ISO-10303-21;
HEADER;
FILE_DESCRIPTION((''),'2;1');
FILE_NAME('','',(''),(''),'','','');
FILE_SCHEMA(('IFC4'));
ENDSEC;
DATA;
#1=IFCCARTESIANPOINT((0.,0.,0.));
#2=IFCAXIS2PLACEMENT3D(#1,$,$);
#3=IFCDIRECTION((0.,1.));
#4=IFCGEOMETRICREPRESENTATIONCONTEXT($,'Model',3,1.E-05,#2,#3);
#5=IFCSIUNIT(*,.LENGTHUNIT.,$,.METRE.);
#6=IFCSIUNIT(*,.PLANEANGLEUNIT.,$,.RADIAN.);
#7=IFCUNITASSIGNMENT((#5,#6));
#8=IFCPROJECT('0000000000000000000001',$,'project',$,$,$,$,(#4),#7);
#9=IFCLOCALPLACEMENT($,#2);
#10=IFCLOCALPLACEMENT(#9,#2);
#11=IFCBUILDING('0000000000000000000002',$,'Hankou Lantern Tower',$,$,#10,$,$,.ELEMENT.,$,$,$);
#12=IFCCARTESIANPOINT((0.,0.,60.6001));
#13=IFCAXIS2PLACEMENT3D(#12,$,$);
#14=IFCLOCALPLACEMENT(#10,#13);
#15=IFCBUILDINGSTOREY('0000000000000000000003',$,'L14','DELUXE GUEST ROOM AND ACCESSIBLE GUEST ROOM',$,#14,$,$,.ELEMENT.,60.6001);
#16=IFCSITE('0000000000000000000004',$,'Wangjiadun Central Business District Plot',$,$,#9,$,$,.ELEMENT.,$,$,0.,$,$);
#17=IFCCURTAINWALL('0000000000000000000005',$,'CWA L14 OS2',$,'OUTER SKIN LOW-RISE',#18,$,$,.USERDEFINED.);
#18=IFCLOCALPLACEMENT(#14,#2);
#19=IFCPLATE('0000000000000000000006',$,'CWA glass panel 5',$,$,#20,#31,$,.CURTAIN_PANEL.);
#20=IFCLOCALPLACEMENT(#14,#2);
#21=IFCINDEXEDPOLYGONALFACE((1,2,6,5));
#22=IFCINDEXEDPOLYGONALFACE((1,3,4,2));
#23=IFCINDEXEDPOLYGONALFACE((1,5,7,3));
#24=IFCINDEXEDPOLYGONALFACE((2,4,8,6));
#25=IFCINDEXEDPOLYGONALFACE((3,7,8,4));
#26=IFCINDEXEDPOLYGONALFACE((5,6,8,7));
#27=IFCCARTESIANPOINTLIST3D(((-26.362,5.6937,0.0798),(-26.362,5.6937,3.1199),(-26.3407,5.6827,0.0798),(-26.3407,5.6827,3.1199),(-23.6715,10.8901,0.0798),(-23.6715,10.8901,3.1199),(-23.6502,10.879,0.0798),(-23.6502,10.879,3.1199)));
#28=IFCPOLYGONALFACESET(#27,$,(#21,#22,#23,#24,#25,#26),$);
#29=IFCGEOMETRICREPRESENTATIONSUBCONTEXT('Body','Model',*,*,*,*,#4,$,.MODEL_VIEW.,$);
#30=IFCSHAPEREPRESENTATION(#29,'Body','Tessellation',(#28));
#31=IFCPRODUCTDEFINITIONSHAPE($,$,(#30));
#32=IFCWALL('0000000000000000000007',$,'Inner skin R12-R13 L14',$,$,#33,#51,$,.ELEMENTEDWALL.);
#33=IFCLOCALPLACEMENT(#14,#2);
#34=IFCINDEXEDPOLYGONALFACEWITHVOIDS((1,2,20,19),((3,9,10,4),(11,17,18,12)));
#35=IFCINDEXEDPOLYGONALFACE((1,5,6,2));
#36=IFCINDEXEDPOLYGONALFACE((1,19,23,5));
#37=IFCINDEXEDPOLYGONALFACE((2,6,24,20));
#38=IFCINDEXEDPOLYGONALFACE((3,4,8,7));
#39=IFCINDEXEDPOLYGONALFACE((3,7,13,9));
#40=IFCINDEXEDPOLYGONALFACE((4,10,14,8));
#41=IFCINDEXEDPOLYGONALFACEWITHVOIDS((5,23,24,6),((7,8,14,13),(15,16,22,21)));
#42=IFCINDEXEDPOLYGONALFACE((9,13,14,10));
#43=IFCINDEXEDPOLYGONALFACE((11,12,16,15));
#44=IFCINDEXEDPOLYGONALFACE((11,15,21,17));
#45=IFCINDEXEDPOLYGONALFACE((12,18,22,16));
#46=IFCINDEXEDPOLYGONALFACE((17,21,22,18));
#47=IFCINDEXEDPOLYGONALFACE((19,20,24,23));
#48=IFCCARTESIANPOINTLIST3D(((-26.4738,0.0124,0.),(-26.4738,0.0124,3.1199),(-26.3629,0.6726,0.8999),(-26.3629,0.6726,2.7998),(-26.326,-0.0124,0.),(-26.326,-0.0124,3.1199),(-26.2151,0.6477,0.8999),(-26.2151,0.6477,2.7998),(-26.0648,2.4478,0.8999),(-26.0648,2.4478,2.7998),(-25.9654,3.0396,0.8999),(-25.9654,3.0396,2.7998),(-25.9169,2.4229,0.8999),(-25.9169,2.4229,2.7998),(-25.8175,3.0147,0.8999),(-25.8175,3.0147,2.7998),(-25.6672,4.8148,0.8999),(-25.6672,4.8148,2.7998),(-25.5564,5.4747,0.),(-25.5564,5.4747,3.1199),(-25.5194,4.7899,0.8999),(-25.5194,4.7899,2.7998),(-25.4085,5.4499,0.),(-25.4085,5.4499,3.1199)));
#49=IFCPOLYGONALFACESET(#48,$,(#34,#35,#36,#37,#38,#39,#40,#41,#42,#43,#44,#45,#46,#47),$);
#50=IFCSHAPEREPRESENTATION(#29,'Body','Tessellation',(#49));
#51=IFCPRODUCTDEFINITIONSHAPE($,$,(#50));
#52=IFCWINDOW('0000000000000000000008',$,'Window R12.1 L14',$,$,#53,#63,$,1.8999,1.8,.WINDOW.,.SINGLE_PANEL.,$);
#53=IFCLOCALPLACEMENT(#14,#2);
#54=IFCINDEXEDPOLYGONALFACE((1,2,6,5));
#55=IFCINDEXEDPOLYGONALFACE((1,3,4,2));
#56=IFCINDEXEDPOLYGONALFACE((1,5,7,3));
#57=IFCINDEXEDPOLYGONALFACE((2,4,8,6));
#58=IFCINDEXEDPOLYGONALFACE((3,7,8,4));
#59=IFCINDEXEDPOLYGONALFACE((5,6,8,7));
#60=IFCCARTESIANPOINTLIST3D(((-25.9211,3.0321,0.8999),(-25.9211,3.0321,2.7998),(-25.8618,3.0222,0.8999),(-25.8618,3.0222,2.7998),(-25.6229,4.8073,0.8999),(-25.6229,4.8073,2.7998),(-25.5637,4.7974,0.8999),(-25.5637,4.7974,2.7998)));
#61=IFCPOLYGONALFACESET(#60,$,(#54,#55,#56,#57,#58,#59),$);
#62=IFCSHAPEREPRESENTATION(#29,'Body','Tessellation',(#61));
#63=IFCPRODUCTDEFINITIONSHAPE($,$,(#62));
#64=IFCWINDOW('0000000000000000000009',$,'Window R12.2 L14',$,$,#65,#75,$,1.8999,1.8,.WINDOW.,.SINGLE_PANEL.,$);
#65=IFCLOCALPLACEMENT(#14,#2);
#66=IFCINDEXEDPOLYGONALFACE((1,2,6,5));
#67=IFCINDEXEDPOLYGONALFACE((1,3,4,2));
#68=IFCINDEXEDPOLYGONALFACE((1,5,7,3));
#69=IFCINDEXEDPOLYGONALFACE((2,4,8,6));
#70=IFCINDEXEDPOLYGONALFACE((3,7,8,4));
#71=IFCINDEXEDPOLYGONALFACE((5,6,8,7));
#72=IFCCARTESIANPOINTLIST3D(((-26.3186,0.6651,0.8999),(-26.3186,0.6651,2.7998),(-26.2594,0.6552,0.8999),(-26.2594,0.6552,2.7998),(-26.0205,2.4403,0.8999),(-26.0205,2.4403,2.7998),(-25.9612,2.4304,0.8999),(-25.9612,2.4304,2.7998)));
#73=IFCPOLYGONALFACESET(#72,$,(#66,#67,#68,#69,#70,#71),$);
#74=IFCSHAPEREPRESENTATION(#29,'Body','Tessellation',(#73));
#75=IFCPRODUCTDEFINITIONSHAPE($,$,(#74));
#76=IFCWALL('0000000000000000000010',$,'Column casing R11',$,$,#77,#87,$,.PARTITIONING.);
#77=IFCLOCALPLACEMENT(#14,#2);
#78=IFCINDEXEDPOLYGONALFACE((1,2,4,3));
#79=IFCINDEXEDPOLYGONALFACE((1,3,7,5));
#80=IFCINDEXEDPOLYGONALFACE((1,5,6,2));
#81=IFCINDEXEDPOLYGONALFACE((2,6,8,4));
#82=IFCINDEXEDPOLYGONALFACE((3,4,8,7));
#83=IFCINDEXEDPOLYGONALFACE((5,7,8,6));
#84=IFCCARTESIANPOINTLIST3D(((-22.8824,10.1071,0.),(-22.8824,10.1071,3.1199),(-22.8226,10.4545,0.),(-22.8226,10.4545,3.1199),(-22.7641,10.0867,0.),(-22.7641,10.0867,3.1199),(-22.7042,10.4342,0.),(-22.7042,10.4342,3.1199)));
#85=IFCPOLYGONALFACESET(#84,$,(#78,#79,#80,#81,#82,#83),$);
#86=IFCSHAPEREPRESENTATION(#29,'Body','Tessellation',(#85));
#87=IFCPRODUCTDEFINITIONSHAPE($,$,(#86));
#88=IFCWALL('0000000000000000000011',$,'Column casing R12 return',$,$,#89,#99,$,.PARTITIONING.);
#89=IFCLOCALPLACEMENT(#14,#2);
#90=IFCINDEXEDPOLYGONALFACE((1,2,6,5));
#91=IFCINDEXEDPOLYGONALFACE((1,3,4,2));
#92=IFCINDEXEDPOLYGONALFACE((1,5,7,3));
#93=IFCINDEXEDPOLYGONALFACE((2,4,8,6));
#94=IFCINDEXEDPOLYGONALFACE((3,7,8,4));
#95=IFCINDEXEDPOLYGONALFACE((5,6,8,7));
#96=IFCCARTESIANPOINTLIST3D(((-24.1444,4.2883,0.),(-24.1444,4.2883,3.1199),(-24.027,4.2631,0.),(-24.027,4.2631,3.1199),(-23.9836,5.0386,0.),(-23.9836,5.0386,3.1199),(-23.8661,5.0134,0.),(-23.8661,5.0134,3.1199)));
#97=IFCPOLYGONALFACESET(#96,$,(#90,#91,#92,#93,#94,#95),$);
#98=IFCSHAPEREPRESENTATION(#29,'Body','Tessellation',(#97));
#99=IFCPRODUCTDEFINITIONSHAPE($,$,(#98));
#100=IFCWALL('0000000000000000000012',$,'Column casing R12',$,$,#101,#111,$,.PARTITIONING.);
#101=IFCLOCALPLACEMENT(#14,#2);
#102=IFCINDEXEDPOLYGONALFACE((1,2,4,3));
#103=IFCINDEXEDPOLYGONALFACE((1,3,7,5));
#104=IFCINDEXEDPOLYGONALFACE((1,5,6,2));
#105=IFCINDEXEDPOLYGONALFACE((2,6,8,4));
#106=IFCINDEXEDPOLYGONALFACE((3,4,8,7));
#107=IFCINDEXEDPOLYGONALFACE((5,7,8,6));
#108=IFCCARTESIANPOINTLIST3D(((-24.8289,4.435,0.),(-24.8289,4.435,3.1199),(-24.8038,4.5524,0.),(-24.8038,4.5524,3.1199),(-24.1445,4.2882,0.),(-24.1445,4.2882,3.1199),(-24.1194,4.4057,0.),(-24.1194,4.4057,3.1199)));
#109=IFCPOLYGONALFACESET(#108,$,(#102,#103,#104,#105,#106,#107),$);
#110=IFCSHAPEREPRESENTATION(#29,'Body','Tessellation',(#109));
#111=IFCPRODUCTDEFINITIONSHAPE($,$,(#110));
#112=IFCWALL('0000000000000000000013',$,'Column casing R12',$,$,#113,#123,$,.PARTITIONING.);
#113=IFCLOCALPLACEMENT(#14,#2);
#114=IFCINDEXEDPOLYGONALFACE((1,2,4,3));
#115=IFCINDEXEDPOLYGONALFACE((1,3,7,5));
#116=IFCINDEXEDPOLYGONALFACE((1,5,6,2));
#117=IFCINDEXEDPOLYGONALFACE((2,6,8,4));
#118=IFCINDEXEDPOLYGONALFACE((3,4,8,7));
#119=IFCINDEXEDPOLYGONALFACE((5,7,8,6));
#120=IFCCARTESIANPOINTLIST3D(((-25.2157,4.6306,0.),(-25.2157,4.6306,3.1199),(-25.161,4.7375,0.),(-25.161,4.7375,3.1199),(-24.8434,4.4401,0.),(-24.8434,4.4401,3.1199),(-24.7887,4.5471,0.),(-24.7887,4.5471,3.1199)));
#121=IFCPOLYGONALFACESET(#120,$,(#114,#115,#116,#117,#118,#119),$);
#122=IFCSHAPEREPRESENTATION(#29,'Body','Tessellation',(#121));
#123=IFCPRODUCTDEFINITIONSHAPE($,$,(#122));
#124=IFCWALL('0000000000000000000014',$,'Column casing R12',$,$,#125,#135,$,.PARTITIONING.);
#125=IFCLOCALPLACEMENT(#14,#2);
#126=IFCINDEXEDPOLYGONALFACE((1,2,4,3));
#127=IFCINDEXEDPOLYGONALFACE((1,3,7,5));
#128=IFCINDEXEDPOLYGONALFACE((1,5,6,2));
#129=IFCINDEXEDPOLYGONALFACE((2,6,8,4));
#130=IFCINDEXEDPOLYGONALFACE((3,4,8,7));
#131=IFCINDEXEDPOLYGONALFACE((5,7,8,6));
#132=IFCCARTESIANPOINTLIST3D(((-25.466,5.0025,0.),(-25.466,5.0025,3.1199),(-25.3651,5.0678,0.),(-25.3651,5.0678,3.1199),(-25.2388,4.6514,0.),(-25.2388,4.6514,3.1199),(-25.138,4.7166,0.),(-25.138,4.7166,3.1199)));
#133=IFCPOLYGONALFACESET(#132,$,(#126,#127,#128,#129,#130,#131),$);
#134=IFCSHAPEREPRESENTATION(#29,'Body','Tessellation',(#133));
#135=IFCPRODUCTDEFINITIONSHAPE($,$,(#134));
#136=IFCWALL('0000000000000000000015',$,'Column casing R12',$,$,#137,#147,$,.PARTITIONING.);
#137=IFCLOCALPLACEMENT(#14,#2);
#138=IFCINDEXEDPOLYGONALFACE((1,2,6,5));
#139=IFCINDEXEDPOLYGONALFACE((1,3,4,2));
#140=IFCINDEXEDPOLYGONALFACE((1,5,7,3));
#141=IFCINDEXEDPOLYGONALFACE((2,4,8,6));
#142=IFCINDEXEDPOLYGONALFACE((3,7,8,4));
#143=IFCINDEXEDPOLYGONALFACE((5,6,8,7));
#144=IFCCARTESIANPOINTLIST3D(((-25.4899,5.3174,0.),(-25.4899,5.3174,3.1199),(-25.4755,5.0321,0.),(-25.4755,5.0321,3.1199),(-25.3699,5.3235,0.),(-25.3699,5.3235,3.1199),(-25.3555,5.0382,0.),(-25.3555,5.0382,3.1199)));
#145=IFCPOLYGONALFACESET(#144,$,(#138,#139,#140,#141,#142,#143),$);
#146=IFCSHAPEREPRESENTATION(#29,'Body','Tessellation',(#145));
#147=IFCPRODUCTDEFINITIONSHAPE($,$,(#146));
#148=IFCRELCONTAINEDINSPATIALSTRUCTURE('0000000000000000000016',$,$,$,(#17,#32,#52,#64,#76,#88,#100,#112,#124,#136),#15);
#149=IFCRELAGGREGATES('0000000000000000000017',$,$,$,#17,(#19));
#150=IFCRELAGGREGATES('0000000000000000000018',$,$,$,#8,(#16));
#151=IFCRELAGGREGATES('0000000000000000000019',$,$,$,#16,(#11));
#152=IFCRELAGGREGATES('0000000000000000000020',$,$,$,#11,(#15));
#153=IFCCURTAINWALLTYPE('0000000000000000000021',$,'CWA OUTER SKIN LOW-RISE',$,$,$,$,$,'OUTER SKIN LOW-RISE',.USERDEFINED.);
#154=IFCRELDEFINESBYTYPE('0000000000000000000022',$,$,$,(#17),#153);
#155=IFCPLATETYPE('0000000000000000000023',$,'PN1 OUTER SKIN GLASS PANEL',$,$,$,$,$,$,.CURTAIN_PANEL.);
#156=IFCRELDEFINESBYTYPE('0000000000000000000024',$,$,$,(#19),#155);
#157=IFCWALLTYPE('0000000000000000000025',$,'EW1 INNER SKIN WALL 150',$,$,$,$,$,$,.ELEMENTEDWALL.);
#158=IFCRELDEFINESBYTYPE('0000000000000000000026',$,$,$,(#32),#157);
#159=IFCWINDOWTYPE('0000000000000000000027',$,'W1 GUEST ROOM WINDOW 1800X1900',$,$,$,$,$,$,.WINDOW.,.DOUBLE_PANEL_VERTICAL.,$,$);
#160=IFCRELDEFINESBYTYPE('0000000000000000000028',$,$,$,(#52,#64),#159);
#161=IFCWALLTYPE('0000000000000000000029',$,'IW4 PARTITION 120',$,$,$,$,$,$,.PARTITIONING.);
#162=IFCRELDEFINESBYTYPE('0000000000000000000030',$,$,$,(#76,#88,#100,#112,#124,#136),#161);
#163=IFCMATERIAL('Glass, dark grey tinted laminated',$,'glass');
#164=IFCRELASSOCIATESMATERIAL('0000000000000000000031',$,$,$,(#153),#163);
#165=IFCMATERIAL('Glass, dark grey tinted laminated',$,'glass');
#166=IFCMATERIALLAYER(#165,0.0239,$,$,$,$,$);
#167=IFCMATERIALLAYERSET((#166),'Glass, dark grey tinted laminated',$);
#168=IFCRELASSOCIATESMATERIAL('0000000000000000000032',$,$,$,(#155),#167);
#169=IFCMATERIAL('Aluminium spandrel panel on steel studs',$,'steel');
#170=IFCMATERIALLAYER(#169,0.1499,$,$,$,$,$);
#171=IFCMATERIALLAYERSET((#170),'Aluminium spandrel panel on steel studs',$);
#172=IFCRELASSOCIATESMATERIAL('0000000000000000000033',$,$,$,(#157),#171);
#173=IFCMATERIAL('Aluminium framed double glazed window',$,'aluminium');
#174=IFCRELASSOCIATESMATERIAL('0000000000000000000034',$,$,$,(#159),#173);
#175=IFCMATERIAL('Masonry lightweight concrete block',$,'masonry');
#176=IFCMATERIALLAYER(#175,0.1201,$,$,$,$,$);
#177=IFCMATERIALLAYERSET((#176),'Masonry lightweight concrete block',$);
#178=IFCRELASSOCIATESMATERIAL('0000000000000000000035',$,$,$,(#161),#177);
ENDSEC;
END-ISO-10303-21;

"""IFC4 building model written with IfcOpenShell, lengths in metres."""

from ifc_helpers import new_model, si_unit, direction, frame, frame_2d, origin, origin_2d, place, context, subcontext, project, spatial, rectangle, extrude, material, layer, layer_set, type_object, element, fill, aggregate, save


model = new_model("IFC4")

# Units and contexts
model_context = context("Model", 3, precision=1e-05, world=origin(), true_north=direction((0.0, 1.0)))
body_context = subcontext(model_context, "Body", "Model", "MODEL_VIEW")
ifc_project = project(units=[si_unit("LENGTHUNIT", "METRE"), si_unit("PLANEANGLEUNIT", "RADIAN")], contexts=[model_context])

# Site, building, storey
site_placement = place(None, origin())
site = spatial("IfcSite", under=ifc_project, at=site_placement, Name="Wangjiadun Central Business District Plot", CompositionType="ELEMENT", RefElevation=0.0)
building_placement = place(site_placement, origin())
building = spatial("IfcBuilding", under=site, at=building_placement, Name="Hankou Lantern Tower", CompositionType="ELEMENT")
storey_placement = place(building_placement, frame((0.0, 0.0, 60.6001)))
storey = spatial("IfcBuildingStorey", under=building, at=storey_placement, Name="L14", Description="DELUXE GUEST ROOM AND ACCESSIBLE GUEST ROOM", CompositionType="ELEMENT", Elevation=60.6001)

# Curtain wall
ifc_material_1 = material(Name="Glass, dark grey tinted laminated", Category="glass")
curtain_wall_type = type_object("IfcCurtainWallType", Name="CWA OUTER SKIN LOW-RISE", ElementType="OUTER SKIN LOW-RISE", PredefinedType="USERDEFINED", material=ifc_material_1)
curtain_wall_placement = place(storey_placement, origin())
curtain_wall = element("IfcCurtainWall", 1, at=curtain_wall_placement, inside=storey, type_object=curtain_wall_type, Name="CWA L14 OS2", ObjectType="OUTER SKIN LOW-RISE", PredefinedType="USERDEFINED")

# Plate
ifc_material_2 = material(Name="Glass, dark grey tinted laminated", Category="glass")
ifc_layer_1 = layer(ifc_material_2, 0.0239)
ifc_layer_set_1 = layer_set([ifc_layer_1], Name="Glass, dark grey tinted laminated")
plate_type = type_object("IfcPlateType", Name="PN1 OUTER SKIN GLASS PANEL", PredefinedType="CURTAIN_PANEL", material=ifc_layer_set_1)
plate_placement = place(storey_placement, frame((-25.0061, 8.2864, 0.0798), z_axis=(0.0, 0.0, 1.0), x_axis=(-0.459791, -0.888027, 0.0)))
plate = element("IfcPlate", 2, at=plate_placement, type_object=plate_type, Name="CWA glass panel 5", PredefinedType="CURTAIN_PANEL", context=body_context, shape_type="SweptSolid", body=[
    extrude(rectangle(XDim=5.8516, YDim=0.0239, at=origin_2d()), origin(), (0.0, 0.0, 1.0), 3.04),
])
aggregate(curtain_wall, [plate])

# Wall, openings, windows
ifc_material_3 = material(Name="Aluminium spandrel panel on steel studs", Category="steel")
ifc_layer_2 = layer(ifc_material_3, 0.1499)
ifc_layer_set_2 = layer_set([ifc_layer_2], Name="Aluminium spandrel panel on steel studs")
wall_type_1 = type_object("IfcWallType", Name="EW1 INNER SKIN WALL 150", PredefinedType="ELEMENTEDWALL", material=ifc_layer_set_2)
wall_1_placement = place(storey_placement, frame((-25.4824, 5.4624, 0.0), z_axis=(0.0, 0.0, 1.0), x_axis=(-0.165643, -0.986186, 0.0)))
wall_1 = element("IfcWall", 3, at=wall_1_placement, inside=storey, type_object=wall_type_1, Name="Inner skin R12-R13 L14", PredefinedType="ELEMENTEDWALL", context=body_context, shape_type="SweptSolid", body=[
    extrude(rectangle(XDim=5.5388, YDim=0.1499, at=frame_2d((2.7695, 0.0))), origin(), (0.0, 0.0, 1.0), 3.1199),
])
opening_1_placement = place(wall_1_placement, frame((0.6694, 0.0, 0.8999)))
opening_1 = element("IfcOpeningElement", 4, at=opening_1_placement, cuts=wall_1, PredefinedType="OPENING", context=body_context, shape_type="SweptSolid", body=[
    extrude(rectangle(XDim=1.8, YDim=1.8999, at=frame_2d((0.8999, 0.95))), frame((0.0, 0.085, 0.0), z_axis=(0.0, -1.0, 0.0), x_axis=(1.0, 0.0, 0.0)), (0.0, 0.0, 1.0), 0.1699),
])
opening_2_placement = place(wall_1_placement, frame((3.0696, 0.0, 0.8999)))
opening_2 = element("IfcOpeningElement", 5, at=opening_2_placement, cuts=wall_1, PredefinedType="OPENING", context=body_context, shape_type="SweptSolid", body=[
    extrude(rectangle(XDim=1.8, YDim=1.8999, at=frame_2d((0.8999, 0.95))), frame((0.0, 0.085, 0.0), z_axis=(0.0, -1.0, 0.0), x_axis=(1.0, 0.0, 0.0)), (0.0, 0.0, 1.0), 0.1699),
])
ifc_material_4 = material(Name="Aluminium framed double glazed window", Category="aluminium")
window_type = type_object("IfcWindowType", Name="W1 GUEST ROOM WINDOW 1800X1900", PartitioningType="DOUBLE_PANEL_VERTICAL", PredefinedType="WINDOW", material=ifc_material_4)
window_1_placement = place(opening_1_placement, origin())
window_1 = element("IfcWindow", 6, at=window_1_placement, inside=storey, type_object=window_type, Name="Window R12.1 L14", OverallHeight=1.8999, OverallWidth=1.8, PartitioningType="SINGLE_PANEL", PredefinedType="WINDOW", context=body_context, shape_type="SweptSolid", body=[
    extrude(rectangle(XDim=1.8, YDim=1.8999, at=frame_2d((0.8999, 0.95))), frame((0.0, 0.03, 0.0), z_axis=(0.0, -1.0, 0.0), x_axis=(1.0, 0.0, 0.0)), (0.0, 0.0, 1.0), 0.0601),
])
fill(opening_1, window_1)
window_2_placement = place(opening_2_placement, origin())
window_2 = element("IfcWindow", 7, at=window_2_placement, inside=storey, type_object=window_type, Name="Window R12.2 L14", OverallHeight=1.8999, OverallWidth=1.8, PartitioningType="SINGLE_PANEL", PredefinedType="WINDOW", context=body_context, shape_type="SweptSolid", body=[
    extrude(rectangle(XDim=1.8, YDim=1.8999, at=frame_2d((0.8999, 0.95))), frame((0.0, 0.03, 0.0), z_axis=(0.0, -1.0, 0.0), x_axis=(1.0, 0.0, 0.0)), (0.0, 0.0, 1.0), 0.0601),
])
fill(opening_2, window_2)

# Walls
ifc_material_5 = material(Name="Masonry lightweight concrete block", Category="masonry")
ifc_layer_3 = layer(ifc_material_5, 0.1201)
ifc_layer_set_3 = layer_set([ifc_layer_3], Name="Masonry lightweight concrete block")
wall_type_2 = type_object("IfcWallType", Name="IW4 PARTITION 120", PredefinedType="PARTITIONING", material=ifc_layer_set_3)
wall_2_placement = place(storey_placement, frame((-22.8232, 10.0969, 0.0), z_axis=(0.0, 0.0, 1.0), x_axis=(0.169675, 0.9855, 0.0)))
element("IfcWall", 8, at=wall_2_placement, inside=storey, type_object=wall_type_2, Name="Column casing R11", PredefinedType="PARTITIONING", context=body_context, shape_type="SweptSolid", body=[
    extrude(rectangle(XDim=0.3525, YDim=0.1201, at=frame_2d((0.1763, 0.0))), origin(), (0.0, 0.0, 1.0), 3.1199),
])
wall_3_placement = place(storey_placement, frame((-23.9248, 5.0261, 0.0), z_axis=(0.0, 0.0, 1.0), x_axis=(-0.209681, -0.97777, 0.0)))
element("IfcWall", 9, at=wall_3_placement, inside=storey, type_object=wall_type_2, Name="Column casing R12 return", PredefinedType="PARTITIONING", context=body_context, shape_type="SweptSolid", body=[
    extrude(rectangle(XDim=0.7673, YDim=0.1201, at=frame_2d((0.3838, 0.0))), origin(), (0.0, 0.0, 1.0), 3.1199),
])
wall_4_placement = place(storey_placement, frame((-24.1318, 4.3469, 0.0), z_axis=(0.0, 0.0, 1.0), x_axis=(-0.977777, 0.209648, 0.0)))
element("IfcWall", 10, at=wall_4_placement, inside=storey, type_object=wall_type_2, Name="Column casing R12", PredefinedType="PARTITIONING", context=body_context, shape_type="SweptSolid", body=[
    extrude(rectangle(XDim=0.7, YDim=0.1201, at=frame_2d((0.3501, 0.0))), origin(), (0.0, 0.0, 1.0), 3.1199),
])
for number, where, z_axis, x_axis, name in (
    (11, (-24.8162, 4.4937, 0.0), (0.0, 0.0, 1.0), (-0.890303, 0.455368, 0.0), "Column casing R12"),
    (12, (-25.1885, 4.6841, 0.0), (0.0, 0.0, 1.0), (-0.543058, 0.839695, 0.0), "Column casing R12"),
):
    element("IfcWall", number, at=place(storey_placement, frame(where, z_axis=z_axis, x_axis=x_axis)), inside=storey, type_object=wall_type_2, Name=name, PredefinedType="PARTITIONING", context=body_context, shape_type="SweptSolid", body=[
        extrude(rectangle(XDim=0.4182, YDim=0.1201, at=frame_2d((0.209, 0.0))), origin(), (0.0, 0.0, 1.0), 3.1199),
    ])
wall_5_placement = place(storey_placement, frame((-25.4155, 5.0352, 0.0), z_axis=(0.0, 0.0, 1.0), x_axis=(-0.050406, 0.998729, 0.0)))
element("IfcWall", 13, at=wall_5_placement, inside=storey, type_object=wall_type_2, Name="Column casing R12", PredefinedType="PARTITIONING", context=body_context, shape_type="SweptSolid", body=[
    extrude(rectangle(XDim=0.2856, YDim=0.1201, at=frame_2d((0.1428, 0.0))), origin(), (0.0, 0.0, 1.0), 3.1199),
])

save(model, "model.ifc")
